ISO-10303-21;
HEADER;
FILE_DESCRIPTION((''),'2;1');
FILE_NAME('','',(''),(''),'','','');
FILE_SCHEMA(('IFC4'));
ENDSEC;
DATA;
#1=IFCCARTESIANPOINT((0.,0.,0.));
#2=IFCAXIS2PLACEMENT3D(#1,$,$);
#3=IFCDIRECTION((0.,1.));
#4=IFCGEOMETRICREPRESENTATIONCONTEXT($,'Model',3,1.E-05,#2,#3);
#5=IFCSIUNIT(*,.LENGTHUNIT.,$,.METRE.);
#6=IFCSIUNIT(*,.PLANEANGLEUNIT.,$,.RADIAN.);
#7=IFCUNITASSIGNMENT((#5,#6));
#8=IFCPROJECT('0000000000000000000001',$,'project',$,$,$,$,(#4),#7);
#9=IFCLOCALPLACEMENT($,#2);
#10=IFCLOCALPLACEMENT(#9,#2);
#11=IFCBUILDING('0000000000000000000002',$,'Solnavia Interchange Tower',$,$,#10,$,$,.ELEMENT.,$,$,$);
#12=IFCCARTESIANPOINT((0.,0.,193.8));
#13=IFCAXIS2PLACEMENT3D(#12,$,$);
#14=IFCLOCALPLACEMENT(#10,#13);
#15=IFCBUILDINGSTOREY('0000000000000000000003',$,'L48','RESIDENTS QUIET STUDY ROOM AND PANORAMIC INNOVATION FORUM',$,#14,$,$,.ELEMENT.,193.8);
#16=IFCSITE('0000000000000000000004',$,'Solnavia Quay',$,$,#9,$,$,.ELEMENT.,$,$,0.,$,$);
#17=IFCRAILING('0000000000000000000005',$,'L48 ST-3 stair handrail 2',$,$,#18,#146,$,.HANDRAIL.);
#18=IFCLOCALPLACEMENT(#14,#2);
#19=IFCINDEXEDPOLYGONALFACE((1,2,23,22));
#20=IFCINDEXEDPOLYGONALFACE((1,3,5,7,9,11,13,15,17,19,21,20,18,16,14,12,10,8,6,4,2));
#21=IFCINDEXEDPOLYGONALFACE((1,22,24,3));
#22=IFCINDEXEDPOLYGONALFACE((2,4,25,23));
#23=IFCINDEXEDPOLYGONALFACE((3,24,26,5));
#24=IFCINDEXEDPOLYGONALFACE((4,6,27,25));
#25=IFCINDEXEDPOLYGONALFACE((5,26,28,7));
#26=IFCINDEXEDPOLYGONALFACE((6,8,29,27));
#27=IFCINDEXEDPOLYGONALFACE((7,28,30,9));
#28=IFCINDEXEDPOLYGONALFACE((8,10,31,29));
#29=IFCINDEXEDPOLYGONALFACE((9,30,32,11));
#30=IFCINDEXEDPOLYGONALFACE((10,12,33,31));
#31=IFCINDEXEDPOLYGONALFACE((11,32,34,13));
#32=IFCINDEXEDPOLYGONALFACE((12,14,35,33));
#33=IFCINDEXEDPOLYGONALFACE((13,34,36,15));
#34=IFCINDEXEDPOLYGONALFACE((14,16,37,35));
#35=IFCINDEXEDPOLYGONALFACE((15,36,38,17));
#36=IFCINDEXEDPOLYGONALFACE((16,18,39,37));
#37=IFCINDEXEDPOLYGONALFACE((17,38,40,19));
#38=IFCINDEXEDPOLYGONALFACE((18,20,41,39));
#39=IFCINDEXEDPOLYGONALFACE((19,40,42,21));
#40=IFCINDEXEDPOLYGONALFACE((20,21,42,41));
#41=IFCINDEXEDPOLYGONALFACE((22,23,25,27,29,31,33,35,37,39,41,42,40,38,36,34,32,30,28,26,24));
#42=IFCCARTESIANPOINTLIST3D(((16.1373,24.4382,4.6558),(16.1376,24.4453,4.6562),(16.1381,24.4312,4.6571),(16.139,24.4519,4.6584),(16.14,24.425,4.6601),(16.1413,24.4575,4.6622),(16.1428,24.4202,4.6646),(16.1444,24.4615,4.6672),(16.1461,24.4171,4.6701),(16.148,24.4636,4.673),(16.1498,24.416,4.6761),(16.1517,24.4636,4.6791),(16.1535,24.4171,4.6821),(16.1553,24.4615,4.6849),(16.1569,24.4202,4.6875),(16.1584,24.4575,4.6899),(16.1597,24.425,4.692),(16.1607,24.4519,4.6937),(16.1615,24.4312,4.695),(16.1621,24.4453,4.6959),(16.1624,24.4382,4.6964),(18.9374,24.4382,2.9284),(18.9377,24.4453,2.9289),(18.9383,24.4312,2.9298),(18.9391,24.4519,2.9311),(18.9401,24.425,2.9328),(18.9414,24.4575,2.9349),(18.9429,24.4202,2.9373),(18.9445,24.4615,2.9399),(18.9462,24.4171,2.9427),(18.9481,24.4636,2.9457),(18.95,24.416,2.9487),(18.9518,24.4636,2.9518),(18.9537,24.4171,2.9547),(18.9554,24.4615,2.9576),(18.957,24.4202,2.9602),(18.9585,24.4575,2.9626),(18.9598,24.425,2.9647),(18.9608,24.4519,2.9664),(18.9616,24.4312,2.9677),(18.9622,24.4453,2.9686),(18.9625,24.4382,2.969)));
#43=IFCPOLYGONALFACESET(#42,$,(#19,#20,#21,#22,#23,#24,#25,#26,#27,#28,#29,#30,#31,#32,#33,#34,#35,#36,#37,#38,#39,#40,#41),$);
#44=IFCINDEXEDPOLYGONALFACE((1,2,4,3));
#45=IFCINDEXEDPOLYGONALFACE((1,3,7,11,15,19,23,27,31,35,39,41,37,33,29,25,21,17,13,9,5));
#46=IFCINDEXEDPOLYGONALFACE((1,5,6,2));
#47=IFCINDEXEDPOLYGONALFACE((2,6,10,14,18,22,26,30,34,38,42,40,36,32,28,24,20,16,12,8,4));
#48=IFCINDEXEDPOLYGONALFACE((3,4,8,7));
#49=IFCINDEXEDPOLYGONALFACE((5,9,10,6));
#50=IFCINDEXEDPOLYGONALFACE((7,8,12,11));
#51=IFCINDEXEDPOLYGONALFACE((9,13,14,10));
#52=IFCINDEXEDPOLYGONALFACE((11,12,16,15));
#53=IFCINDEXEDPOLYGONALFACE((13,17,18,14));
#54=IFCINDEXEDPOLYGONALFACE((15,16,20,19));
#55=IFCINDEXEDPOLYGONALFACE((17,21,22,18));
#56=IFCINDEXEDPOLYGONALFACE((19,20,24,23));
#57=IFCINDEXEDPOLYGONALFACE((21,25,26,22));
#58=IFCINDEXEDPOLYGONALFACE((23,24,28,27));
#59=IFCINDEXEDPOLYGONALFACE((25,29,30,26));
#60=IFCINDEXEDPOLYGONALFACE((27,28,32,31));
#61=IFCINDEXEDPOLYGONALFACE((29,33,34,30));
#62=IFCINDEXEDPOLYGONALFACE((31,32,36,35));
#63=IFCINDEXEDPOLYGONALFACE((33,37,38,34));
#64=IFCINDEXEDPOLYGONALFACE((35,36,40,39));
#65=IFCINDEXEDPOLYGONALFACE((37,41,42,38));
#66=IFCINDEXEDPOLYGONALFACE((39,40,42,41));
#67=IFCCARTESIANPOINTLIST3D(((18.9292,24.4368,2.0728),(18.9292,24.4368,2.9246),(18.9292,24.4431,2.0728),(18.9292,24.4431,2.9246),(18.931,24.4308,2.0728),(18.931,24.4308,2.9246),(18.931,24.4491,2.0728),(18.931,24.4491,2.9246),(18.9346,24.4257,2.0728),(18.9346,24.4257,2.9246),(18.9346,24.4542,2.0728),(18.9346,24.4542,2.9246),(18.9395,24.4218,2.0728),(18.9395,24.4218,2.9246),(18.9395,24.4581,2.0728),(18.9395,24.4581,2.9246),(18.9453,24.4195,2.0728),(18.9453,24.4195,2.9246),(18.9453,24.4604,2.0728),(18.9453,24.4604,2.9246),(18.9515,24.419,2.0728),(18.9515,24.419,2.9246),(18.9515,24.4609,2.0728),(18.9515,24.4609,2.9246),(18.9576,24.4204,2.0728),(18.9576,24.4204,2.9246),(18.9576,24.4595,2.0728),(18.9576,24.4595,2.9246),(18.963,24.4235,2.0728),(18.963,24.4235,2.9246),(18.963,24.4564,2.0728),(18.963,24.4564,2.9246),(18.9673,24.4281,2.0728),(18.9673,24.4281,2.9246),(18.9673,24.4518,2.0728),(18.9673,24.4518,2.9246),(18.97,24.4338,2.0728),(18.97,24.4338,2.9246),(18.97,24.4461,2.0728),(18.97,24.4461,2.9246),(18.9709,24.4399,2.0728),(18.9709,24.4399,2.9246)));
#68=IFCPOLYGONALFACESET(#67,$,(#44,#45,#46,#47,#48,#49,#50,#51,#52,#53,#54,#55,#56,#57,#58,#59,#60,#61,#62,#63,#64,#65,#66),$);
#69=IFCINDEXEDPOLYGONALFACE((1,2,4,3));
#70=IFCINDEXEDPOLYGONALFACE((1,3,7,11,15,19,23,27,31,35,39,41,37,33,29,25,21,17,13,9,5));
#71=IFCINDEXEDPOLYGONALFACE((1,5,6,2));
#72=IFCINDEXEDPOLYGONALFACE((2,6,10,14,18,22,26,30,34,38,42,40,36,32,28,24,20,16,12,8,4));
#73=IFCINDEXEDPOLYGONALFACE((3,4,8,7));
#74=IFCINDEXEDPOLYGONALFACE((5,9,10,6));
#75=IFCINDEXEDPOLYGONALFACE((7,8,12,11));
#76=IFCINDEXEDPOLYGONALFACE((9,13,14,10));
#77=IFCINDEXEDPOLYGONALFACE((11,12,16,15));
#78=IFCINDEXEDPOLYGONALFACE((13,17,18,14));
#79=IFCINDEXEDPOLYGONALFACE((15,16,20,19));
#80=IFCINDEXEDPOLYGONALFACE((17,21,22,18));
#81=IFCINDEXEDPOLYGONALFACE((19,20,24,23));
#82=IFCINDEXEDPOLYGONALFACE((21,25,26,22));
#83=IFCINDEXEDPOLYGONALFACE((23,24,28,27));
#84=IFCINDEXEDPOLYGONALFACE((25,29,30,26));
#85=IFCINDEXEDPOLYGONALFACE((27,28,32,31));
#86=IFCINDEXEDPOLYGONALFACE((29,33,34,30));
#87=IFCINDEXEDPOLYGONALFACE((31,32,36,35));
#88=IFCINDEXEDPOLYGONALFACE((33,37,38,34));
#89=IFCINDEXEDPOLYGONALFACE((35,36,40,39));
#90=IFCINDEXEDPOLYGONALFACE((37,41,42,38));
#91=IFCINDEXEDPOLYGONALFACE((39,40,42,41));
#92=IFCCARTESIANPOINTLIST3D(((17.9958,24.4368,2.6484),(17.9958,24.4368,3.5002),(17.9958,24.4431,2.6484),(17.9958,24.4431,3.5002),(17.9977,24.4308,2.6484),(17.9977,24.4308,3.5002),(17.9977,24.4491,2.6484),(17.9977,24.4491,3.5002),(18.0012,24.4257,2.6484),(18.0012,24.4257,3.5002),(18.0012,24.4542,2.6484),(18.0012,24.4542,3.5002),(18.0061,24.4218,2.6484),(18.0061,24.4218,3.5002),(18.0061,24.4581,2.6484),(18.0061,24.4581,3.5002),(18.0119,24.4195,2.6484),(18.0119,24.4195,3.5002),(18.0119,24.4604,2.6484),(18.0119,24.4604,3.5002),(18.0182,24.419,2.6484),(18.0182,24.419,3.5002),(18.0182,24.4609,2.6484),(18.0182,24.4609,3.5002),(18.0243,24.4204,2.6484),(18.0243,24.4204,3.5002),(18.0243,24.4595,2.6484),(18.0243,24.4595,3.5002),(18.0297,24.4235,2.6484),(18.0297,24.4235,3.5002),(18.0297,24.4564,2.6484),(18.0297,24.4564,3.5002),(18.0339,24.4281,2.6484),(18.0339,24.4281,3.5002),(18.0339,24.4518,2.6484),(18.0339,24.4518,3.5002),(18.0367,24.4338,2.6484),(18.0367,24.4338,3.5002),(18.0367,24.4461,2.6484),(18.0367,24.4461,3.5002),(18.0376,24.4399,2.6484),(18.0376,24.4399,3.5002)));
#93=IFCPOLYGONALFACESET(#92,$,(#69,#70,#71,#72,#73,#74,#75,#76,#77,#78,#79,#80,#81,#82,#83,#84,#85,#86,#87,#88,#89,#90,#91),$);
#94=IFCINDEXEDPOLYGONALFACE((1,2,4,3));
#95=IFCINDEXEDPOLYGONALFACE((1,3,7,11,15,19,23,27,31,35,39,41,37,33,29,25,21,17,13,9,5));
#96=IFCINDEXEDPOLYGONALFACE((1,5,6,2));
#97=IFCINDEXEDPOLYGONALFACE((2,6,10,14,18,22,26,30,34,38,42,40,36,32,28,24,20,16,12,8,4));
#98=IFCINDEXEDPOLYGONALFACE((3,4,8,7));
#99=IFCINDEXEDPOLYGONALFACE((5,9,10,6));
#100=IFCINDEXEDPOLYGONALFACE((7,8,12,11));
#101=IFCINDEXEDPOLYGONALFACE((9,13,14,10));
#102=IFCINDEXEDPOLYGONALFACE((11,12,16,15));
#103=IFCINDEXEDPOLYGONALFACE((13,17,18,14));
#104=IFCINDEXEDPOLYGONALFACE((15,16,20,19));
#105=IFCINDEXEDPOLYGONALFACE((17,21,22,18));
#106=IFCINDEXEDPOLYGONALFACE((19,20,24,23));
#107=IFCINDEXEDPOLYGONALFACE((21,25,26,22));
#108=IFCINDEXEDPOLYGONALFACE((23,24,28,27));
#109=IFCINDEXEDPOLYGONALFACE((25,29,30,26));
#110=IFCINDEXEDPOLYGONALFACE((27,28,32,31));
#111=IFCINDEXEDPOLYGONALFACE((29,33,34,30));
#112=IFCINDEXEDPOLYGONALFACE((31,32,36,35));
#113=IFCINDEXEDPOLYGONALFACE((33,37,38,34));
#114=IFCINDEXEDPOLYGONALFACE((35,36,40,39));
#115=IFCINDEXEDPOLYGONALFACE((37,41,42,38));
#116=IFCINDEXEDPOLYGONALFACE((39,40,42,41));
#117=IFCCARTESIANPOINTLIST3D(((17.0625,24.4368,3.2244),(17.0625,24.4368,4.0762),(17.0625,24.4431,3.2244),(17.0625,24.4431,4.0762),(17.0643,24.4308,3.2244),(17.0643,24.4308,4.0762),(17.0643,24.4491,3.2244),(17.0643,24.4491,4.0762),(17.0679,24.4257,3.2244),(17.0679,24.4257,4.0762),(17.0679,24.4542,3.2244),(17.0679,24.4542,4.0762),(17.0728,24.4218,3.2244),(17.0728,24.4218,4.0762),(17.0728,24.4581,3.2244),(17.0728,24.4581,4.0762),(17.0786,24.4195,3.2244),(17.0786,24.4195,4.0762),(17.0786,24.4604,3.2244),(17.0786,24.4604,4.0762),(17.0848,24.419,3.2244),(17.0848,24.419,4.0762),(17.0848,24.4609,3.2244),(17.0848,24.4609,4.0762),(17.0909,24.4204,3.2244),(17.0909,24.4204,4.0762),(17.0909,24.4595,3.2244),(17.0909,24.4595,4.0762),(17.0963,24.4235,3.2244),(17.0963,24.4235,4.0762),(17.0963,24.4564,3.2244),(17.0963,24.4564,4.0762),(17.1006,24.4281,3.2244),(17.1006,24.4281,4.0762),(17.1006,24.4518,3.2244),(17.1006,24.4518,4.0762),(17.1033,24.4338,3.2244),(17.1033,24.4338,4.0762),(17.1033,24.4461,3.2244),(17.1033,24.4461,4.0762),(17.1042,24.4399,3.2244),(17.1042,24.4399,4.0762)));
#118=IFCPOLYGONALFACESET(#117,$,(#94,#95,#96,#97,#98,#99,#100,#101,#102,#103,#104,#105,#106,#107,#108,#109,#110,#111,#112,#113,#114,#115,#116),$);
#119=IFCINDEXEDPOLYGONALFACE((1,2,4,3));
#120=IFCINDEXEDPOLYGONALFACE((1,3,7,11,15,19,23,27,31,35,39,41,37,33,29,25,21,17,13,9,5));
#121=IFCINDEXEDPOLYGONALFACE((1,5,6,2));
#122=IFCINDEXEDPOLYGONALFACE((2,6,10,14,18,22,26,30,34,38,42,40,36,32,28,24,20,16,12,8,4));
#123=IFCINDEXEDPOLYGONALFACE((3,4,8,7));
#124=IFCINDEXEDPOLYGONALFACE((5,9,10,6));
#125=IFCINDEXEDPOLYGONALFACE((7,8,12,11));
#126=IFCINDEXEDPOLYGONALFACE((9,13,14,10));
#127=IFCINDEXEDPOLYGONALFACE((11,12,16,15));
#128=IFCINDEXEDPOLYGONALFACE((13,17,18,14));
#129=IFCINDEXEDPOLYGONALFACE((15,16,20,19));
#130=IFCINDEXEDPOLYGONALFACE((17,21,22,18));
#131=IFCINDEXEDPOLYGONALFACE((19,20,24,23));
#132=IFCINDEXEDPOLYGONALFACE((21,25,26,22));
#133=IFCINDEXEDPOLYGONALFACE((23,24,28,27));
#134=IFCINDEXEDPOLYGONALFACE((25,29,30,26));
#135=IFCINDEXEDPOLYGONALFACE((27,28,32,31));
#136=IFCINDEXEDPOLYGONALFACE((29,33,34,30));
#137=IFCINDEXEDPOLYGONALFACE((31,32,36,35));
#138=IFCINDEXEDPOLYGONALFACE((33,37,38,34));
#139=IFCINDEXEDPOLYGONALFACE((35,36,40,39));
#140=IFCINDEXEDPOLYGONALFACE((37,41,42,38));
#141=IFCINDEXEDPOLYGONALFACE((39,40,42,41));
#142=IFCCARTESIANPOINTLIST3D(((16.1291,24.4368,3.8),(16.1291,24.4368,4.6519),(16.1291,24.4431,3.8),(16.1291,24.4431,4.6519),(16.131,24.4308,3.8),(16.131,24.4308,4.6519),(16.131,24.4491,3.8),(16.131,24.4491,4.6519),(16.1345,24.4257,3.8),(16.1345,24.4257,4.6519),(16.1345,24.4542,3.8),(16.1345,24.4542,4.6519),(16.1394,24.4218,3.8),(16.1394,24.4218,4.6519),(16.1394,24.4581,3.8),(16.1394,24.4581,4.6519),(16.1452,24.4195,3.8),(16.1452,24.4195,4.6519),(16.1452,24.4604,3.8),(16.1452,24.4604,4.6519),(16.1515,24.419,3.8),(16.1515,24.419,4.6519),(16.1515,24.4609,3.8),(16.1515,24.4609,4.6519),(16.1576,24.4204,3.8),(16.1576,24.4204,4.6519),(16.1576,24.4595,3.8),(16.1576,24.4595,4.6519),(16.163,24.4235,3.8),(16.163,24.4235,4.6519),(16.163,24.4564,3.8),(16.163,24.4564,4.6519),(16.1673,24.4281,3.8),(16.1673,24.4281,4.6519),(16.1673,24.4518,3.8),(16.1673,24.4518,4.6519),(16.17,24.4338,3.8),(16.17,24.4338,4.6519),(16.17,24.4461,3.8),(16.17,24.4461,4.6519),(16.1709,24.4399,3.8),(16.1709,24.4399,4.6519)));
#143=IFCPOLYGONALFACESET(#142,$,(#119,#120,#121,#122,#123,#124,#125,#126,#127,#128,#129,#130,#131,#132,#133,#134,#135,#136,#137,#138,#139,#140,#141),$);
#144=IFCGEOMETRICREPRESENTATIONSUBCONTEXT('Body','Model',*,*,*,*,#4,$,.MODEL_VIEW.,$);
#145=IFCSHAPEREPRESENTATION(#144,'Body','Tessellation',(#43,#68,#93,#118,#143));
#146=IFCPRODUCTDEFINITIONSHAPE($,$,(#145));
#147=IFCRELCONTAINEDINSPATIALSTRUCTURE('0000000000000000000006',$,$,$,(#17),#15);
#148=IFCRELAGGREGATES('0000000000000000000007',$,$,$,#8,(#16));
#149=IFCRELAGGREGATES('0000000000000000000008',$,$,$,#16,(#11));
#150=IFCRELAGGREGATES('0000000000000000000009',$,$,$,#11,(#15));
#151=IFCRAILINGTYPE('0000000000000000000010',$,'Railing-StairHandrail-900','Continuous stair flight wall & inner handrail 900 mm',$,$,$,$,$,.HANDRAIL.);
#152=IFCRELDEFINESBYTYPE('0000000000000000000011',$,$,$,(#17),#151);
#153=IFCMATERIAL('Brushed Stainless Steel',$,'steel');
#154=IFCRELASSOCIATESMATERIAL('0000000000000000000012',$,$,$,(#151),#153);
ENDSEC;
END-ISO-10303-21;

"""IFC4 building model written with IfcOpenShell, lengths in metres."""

from ifc_helpers import new_model, si_unit, direction, frame, origin, origin_2d, place, context, subcontext, project, spatial, circle, extrude, material, type_object, element, save


model = new_model("IFC4")

# Units and contexts
model_context = context("Model", 3, precision=1e-05, world=origin(), true_north=direction((0.0, 1.0)))
body_context = subcontext(model_context, "Body", "Model", "MODEL_VIEW")
ifc_project = project(units=[si_unit("LENGTHUNIT", "METRE"), si_unit("PLANEANGLEUNIT", "RADIAN")], contexts=[model_context])

# Site, building, storey
site_placement = place(None, origin())
site = spatial("IfcSite", under=ifc_project, at=site_placement, Name="Solnavia Quay", CompositionType="ELEMENT", RefElevation=0.0)
building_placement = place(site_placement, origin())
building = spatial("IfcBuilding", under=site, at=building_placement, Name="Solnavia Interchange Tower", CompositionType="ELEMENT")
storey_placement = place(building_placement, frame((0.0, 0.0, 193.8)))
storey = spatial("IfcBuildingStorey", under=building, at=storey_placement, Name="L48", Description="RESIDENTS QUIET STUDY ROOM AND PANORAMIC INNOVATION FORUM", CompositionType="ELEMENT", Elevation=193.8)

# Railing
ifc_material_1 = material(Name="Brushed Stainless Steel", Category="steel")
railing_type_1 = type_object("IfcRailingType", Name="Railing-StairHandrail-900", Description="Continuous stair flight wall & inner handrail 900 mm", PredefinedType="HANDRAIL", material=ifc_material_1)
railing_1_placement = place(storey_placement, frame((18.95, 24.4399, 2.0728)))
element("IfcRailing", 1, at=railing_1_placement, inside=storey, type_object=railing_type_1, Name="L48 ST-3 stair handrail 2", PredefinedType="HANDRAIL", context=body_context, shape_type="SweptSolid", body=[
    extrude(circle(Radius=0.0239, at=origin_2d()), frame((0.0, 0.0, 0.876), z_axis=(-0.85109, 0.0, 0.52502), x_axis=(0.0, -1.0, 0.0)), (0.0, 0.0, 1.0), 3.29),
    extrude(circle(Radius=0.021, at=origin_2d()), origin(), (0.0, 0.0, 1.0), 0.8518),
    extrude(circle(Radius=0.021, at=origin_2d()), frame((-0.9333, 0.0, 0.5757)), (0.0, 0.0, 1.0), 0.8518),
    extrude(circle(Radius=0.021, at=origin_2d()), frame((-1.8667, 0.0, 1.1516)), (0.0, 0.0, 1.0), 0.8518),
    extrude(circle(Radius=0.021, at=origin_2d()), frame((-2.8, 0.0, 1.7273)), (0.0, 0.0, 1.0), 0.8518),
])

save(model, "model.ifc")
